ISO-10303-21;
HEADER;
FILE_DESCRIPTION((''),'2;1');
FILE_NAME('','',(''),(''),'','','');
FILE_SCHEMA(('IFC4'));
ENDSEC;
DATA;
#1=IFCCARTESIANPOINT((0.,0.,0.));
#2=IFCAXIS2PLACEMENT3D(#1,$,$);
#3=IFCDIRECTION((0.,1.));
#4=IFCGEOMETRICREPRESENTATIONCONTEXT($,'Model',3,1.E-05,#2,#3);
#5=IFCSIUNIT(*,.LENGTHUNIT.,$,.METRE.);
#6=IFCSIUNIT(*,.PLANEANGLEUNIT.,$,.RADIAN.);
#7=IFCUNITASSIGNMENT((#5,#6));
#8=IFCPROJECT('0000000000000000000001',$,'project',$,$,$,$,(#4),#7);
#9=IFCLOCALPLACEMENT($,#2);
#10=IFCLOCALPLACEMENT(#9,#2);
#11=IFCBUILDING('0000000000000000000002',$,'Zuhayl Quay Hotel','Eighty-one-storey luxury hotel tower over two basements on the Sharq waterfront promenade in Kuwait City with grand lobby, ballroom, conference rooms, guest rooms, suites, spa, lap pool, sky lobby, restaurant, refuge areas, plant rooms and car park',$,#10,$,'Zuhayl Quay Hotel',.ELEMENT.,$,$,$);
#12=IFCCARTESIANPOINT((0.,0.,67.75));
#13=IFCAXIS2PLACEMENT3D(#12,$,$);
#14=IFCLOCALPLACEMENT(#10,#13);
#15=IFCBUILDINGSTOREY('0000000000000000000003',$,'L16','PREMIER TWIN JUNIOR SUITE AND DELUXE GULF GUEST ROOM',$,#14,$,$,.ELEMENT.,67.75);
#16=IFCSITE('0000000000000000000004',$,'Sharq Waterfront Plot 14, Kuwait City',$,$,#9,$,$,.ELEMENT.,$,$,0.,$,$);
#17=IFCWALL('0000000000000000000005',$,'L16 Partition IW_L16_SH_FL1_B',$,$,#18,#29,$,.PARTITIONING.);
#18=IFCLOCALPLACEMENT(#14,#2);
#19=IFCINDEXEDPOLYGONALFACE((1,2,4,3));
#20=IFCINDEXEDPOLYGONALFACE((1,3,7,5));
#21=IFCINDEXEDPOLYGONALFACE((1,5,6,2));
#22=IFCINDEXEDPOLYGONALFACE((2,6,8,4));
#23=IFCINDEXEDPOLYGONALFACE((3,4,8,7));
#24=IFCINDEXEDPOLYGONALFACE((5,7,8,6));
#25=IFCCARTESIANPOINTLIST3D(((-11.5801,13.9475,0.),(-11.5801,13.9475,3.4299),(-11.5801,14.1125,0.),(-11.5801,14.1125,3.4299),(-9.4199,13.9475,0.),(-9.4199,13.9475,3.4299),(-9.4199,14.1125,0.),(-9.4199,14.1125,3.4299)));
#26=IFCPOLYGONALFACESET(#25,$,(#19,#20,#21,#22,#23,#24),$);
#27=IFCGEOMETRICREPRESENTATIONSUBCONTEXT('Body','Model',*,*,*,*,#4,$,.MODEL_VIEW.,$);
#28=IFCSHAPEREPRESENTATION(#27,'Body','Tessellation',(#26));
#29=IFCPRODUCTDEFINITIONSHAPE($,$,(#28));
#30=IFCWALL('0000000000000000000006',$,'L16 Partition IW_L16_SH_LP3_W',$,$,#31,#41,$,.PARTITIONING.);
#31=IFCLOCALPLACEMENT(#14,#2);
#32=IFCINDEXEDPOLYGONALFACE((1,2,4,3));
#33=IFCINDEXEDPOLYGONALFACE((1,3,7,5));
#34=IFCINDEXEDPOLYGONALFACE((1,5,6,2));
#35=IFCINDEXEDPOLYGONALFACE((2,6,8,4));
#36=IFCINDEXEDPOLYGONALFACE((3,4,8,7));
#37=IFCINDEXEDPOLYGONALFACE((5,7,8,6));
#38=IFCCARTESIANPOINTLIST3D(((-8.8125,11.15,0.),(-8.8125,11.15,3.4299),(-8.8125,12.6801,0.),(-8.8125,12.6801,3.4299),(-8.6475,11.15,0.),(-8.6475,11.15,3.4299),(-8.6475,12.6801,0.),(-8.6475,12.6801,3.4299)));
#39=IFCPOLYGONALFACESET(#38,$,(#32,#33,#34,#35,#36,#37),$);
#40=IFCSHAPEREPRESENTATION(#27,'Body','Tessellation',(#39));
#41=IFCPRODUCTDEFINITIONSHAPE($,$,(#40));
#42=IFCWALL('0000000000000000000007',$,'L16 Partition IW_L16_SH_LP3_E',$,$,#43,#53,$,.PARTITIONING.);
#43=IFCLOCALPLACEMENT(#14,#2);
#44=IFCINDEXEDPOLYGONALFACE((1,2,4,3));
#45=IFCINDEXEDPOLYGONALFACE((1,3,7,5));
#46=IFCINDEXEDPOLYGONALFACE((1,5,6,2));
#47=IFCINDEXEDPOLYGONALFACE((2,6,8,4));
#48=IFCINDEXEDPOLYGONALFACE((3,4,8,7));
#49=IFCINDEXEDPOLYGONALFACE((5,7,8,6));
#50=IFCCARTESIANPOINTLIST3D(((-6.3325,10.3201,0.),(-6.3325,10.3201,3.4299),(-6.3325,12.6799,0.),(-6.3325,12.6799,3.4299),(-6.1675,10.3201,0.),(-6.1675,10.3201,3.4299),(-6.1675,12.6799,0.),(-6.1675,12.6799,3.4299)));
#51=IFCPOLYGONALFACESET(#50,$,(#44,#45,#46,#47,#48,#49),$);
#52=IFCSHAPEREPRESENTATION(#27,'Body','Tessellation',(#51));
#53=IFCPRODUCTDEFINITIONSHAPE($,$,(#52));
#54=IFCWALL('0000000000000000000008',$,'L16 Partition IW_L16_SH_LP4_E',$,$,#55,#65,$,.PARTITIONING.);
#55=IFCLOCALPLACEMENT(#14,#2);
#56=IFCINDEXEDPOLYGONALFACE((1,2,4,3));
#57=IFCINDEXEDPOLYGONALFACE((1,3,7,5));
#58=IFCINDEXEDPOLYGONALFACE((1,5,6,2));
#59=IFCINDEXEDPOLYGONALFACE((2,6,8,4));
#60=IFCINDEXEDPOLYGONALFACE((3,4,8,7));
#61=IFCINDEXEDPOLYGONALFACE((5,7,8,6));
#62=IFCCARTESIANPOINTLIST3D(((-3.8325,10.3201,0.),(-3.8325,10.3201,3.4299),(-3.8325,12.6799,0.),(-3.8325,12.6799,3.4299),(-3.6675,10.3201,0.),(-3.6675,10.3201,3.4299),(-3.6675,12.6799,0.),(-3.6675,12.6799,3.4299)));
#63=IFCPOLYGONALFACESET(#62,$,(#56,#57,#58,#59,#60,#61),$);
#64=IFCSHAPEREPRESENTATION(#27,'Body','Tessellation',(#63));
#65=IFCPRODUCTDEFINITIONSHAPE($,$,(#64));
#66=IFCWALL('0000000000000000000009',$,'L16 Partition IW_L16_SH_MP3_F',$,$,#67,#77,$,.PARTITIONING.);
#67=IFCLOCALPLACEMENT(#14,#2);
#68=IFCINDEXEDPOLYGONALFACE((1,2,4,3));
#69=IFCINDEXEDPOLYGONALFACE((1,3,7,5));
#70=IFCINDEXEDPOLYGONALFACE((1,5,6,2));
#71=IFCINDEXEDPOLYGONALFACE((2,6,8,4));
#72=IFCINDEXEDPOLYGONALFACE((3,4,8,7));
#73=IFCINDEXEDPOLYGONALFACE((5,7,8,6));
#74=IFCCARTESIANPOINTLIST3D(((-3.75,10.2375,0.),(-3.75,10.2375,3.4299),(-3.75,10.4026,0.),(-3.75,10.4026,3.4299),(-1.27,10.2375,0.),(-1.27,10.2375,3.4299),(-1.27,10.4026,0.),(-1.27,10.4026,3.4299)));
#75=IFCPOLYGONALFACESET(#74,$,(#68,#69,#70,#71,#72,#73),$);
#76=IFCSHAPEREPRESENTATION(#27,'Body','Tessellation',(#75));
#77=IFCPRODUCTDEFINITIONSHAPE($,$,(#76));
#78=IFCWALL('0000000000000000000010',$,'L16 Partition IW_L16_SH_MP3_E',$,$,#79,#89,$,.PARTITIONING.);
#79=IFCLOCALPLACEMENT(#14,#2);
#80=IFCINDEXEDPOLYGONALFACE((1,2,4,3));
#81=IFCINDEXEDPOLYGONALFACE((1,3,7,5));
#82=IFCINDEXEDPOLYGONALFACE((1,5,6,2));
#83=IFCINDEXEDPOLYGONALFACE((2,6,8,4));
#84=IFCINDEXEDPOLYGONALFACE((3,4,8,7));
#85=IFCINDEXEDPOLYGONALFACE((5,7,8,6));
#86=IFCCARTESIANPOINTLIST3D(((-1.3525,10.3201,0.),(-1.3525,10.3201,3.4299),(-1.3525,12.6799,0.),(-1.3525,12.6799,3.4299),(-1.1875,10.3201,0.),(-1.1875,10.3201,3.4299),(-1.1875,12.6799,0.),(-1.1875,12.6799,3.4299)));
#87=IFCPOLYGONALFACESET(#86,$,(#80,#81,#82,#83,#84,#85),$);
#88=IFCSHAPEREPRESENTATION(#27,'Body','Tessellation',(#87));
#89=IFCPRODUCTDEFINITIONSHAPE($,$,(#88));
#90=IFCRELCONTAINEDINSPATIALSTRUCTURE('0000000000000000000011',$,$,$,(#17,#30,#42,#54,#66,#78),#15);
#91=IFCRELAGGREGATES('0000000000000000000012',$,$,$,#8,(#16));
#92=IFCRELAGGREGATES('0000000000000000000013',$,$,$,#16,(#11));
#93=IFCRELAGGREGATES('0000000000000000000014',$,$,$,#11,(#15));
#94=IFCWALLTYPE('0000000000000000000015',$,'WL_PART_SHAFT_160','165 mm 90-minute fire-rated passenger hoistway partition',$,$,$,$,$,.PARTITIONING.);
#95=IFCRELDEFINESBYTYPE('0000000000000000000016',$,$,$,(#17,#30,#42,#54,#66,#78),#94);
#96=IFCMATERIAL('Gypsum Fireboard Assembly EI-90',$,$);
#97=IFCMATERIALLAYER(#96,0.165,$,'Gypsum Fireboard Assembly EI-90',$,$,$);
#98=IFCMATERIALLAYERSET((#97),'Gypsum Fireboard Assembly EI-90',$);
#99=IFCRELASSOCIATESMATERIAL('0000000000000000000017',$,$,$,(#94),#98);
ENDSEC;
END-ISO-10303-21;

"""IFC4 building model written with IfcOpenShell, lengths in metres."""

from ifc_helpers import new_model, si_unit, direction, frame, frame_2d, origin, place, context, subcontext, project, spatial, rectangle, extrude, material, layer, layer_set, type_object, element, save


model = new_model("IFC4")

# Units and contexts
model_context = context("Model", 3, precision=1e-05, world=origin(), true_north=direction((0.0, 1.0)))
body_context = subcontext(model_context, "Body", "Model", "MODEL_VIEW")
ifc_project = project(units=[si_unit("LENGTHUNIT", "METRE"), si_unit("PLANEANGLEUNIT", "RADIAN")], contexts=[model_context])

# Site, building, storey
site_placement = place(None, origin())
site = spatial("IfcSite", under=ifc_project, at=site_placement, Name="Sharq Waterfront Plot 14, Kuwait City", CompositionType="ELEMENT", RefElevation=0.0)
building_placement = place(site_placement, origin())
building = spatial("IfcBuilding", under=site, at=building_placement, Name="Zuhayl Quay Hotel", Description="Eighty-one-storey luxury hotel tower over two basements on the Sharq waterfront promenade in Kuwait City with grand lobby, ballroom, conference rooms, guest rooms, suites, spa, lap pool, sky lobby, restaurant, refuge areas, plant rooms and car park", LongName="Zuhayl Quay Hotel", CompositionType="ELEMENT")
storey_placement = place(building_placement, frame((0.0, 0.0, 67.75)))
storey = spatial("IfcBuildingStorey", under=building, at=storey_placement, Name="L16", Description="PREMIER TWIN JUNIOR SUITE AND DELUXE GULF GUEST ROOM", CompositionType="ELEMENT", Elevation=67.75)

# Shared definitions
ifc_material_1 = material(Name="Gypsum Fireboard Assembly EI-90")
ifc_layer_1 = layer(ifc_material_1, 0.165, Name="Gypsum Fireboard Assembly EI-90")
ifc_layer_set_1 = layer_set([ifc_layer_1], Name="Gypsum Fireboard Assembly EI-90")
wall_type_1 = type_object("IfcWallType", Name="WL_PART_SHAFT_160", Description="165 mm 90-minute fire-rated passenger hoistway partition", PredefinedType="PARTITIONING", material=ifc_layer_set_1)

# Walls
wall_1_placement = place(storey_placement, frame((-11.5801, 14.03, 0.0), z_axis=(0.0, 0.0, 1.0), x_axis=(1.0, 0.0, 0.0)))
element("IfcWall", 1, at=wall_1_placement, inside=storey, type_object=wall_type_1, Name="L16 Partition IW_L16_SH_FL1_B", PredefinedType="PARTITIONING", context=body_context, shape_type="SweptSolid", body=[
    extrude(rectangle(XDim=2.1602, YDim=0.165, at=frame_2d((1.0801, 0.0))), origin(), (0.0, 0.0, 1.0), 3.4299),
])
wall_2_placement = place(storey_placement, frame((-8.73, 11.1499, 0.0), z_axis=(0.0, 0.0, 1.0), x_axis=(0.0, 1.0, 0.0)))
element("IfcWall", 2, at=wall_2_placement, inside=storey, type_object=wall_type_1, Name="L16 Partition IW_L16_SH_LP3_W", PredefinedType="PARTITIONING", context=body_context, shape_type="SweptSolid", body=[
    extrude(rectangle(XDim=1.53, YDim=0.165, at=frame_2d((0.7651, 0.0))), origin(), (0.0, 0.0, 1.0), 3.4299),
])
for number, where, z_axis, x_axis, name in (
    (3, (-6.25, 10.3201, 0.0), (0.0, 0.0, 1.0), (0.0, 1.0, 0.0), "L16 Partition IW_L16_SH_LP3_E"),
    (4, (-3.75, 10.3201, 0.0), (0.0, 0.0, 1.0), (0.0, 1.0, 0.0), "L16 Partition IW_L16_SH_LP4_E"),
):
    element("IfcWall", number, at=place(storey_placement, frame(where, z_axis=z_axis, x_axis=x_axis)), inside=storey, type_object=wall_type_1, Name=name, PredefinedType="PARTITIONING", context=body_context, shape_type="SweptSolid", body=[
        extrude(rectangle(XDim=2.3599, YDim=0.165, at=frame_2d((1.1799, 0.0))), origin(), (0.0, 0.0, 1.0), 3.4299),
    ])
wall_3_placement = place(storey_placement, frame((-3.75, 10.3201, 0.0), z_axis=(0.0, 0.0, 1.0), x_axis=(1.0, 0.0, 0.0)))
element("IfcWall", 5, at=wall_3_placement, inside=storey, type_object=wall_type_1, Name="L16 Partition IW_L16_SH_MP3_F", PredefinedType="PARTITIONING", context=body_context, shape_type="SweptSolid", body=[
    extrude(rectangle(XDim=2.48, YDim=0.165, at=frame_2d((1.24, 0.0))), origin(), (0.0, 0.0, 1.0), 3.4299),
])
wall_4_placement = place(storey_placement, frame((-1.27, 10.3201, 0.0), z_axis=(0.0, 0.0, 1.0), x_axis=(0.0, 1.0, 0.0)))
element("IfcWall", 6, at=wall_4_placement, inside=storey, type_object=wall_type_1, Name="L16 Partition IW_L16_SH_MP3_E", PredefinedType="PARTITIONING", context=body_context, shape_type="SweptSolid", body=[
    extrude(rectangle(XDim=2.3599, YDim=0.165, at=frame_2d((1.1799, 0.0))), origin(), (0.0, 0.0, 1.0), 3.4299),
])

save(model, "model.ifc")
